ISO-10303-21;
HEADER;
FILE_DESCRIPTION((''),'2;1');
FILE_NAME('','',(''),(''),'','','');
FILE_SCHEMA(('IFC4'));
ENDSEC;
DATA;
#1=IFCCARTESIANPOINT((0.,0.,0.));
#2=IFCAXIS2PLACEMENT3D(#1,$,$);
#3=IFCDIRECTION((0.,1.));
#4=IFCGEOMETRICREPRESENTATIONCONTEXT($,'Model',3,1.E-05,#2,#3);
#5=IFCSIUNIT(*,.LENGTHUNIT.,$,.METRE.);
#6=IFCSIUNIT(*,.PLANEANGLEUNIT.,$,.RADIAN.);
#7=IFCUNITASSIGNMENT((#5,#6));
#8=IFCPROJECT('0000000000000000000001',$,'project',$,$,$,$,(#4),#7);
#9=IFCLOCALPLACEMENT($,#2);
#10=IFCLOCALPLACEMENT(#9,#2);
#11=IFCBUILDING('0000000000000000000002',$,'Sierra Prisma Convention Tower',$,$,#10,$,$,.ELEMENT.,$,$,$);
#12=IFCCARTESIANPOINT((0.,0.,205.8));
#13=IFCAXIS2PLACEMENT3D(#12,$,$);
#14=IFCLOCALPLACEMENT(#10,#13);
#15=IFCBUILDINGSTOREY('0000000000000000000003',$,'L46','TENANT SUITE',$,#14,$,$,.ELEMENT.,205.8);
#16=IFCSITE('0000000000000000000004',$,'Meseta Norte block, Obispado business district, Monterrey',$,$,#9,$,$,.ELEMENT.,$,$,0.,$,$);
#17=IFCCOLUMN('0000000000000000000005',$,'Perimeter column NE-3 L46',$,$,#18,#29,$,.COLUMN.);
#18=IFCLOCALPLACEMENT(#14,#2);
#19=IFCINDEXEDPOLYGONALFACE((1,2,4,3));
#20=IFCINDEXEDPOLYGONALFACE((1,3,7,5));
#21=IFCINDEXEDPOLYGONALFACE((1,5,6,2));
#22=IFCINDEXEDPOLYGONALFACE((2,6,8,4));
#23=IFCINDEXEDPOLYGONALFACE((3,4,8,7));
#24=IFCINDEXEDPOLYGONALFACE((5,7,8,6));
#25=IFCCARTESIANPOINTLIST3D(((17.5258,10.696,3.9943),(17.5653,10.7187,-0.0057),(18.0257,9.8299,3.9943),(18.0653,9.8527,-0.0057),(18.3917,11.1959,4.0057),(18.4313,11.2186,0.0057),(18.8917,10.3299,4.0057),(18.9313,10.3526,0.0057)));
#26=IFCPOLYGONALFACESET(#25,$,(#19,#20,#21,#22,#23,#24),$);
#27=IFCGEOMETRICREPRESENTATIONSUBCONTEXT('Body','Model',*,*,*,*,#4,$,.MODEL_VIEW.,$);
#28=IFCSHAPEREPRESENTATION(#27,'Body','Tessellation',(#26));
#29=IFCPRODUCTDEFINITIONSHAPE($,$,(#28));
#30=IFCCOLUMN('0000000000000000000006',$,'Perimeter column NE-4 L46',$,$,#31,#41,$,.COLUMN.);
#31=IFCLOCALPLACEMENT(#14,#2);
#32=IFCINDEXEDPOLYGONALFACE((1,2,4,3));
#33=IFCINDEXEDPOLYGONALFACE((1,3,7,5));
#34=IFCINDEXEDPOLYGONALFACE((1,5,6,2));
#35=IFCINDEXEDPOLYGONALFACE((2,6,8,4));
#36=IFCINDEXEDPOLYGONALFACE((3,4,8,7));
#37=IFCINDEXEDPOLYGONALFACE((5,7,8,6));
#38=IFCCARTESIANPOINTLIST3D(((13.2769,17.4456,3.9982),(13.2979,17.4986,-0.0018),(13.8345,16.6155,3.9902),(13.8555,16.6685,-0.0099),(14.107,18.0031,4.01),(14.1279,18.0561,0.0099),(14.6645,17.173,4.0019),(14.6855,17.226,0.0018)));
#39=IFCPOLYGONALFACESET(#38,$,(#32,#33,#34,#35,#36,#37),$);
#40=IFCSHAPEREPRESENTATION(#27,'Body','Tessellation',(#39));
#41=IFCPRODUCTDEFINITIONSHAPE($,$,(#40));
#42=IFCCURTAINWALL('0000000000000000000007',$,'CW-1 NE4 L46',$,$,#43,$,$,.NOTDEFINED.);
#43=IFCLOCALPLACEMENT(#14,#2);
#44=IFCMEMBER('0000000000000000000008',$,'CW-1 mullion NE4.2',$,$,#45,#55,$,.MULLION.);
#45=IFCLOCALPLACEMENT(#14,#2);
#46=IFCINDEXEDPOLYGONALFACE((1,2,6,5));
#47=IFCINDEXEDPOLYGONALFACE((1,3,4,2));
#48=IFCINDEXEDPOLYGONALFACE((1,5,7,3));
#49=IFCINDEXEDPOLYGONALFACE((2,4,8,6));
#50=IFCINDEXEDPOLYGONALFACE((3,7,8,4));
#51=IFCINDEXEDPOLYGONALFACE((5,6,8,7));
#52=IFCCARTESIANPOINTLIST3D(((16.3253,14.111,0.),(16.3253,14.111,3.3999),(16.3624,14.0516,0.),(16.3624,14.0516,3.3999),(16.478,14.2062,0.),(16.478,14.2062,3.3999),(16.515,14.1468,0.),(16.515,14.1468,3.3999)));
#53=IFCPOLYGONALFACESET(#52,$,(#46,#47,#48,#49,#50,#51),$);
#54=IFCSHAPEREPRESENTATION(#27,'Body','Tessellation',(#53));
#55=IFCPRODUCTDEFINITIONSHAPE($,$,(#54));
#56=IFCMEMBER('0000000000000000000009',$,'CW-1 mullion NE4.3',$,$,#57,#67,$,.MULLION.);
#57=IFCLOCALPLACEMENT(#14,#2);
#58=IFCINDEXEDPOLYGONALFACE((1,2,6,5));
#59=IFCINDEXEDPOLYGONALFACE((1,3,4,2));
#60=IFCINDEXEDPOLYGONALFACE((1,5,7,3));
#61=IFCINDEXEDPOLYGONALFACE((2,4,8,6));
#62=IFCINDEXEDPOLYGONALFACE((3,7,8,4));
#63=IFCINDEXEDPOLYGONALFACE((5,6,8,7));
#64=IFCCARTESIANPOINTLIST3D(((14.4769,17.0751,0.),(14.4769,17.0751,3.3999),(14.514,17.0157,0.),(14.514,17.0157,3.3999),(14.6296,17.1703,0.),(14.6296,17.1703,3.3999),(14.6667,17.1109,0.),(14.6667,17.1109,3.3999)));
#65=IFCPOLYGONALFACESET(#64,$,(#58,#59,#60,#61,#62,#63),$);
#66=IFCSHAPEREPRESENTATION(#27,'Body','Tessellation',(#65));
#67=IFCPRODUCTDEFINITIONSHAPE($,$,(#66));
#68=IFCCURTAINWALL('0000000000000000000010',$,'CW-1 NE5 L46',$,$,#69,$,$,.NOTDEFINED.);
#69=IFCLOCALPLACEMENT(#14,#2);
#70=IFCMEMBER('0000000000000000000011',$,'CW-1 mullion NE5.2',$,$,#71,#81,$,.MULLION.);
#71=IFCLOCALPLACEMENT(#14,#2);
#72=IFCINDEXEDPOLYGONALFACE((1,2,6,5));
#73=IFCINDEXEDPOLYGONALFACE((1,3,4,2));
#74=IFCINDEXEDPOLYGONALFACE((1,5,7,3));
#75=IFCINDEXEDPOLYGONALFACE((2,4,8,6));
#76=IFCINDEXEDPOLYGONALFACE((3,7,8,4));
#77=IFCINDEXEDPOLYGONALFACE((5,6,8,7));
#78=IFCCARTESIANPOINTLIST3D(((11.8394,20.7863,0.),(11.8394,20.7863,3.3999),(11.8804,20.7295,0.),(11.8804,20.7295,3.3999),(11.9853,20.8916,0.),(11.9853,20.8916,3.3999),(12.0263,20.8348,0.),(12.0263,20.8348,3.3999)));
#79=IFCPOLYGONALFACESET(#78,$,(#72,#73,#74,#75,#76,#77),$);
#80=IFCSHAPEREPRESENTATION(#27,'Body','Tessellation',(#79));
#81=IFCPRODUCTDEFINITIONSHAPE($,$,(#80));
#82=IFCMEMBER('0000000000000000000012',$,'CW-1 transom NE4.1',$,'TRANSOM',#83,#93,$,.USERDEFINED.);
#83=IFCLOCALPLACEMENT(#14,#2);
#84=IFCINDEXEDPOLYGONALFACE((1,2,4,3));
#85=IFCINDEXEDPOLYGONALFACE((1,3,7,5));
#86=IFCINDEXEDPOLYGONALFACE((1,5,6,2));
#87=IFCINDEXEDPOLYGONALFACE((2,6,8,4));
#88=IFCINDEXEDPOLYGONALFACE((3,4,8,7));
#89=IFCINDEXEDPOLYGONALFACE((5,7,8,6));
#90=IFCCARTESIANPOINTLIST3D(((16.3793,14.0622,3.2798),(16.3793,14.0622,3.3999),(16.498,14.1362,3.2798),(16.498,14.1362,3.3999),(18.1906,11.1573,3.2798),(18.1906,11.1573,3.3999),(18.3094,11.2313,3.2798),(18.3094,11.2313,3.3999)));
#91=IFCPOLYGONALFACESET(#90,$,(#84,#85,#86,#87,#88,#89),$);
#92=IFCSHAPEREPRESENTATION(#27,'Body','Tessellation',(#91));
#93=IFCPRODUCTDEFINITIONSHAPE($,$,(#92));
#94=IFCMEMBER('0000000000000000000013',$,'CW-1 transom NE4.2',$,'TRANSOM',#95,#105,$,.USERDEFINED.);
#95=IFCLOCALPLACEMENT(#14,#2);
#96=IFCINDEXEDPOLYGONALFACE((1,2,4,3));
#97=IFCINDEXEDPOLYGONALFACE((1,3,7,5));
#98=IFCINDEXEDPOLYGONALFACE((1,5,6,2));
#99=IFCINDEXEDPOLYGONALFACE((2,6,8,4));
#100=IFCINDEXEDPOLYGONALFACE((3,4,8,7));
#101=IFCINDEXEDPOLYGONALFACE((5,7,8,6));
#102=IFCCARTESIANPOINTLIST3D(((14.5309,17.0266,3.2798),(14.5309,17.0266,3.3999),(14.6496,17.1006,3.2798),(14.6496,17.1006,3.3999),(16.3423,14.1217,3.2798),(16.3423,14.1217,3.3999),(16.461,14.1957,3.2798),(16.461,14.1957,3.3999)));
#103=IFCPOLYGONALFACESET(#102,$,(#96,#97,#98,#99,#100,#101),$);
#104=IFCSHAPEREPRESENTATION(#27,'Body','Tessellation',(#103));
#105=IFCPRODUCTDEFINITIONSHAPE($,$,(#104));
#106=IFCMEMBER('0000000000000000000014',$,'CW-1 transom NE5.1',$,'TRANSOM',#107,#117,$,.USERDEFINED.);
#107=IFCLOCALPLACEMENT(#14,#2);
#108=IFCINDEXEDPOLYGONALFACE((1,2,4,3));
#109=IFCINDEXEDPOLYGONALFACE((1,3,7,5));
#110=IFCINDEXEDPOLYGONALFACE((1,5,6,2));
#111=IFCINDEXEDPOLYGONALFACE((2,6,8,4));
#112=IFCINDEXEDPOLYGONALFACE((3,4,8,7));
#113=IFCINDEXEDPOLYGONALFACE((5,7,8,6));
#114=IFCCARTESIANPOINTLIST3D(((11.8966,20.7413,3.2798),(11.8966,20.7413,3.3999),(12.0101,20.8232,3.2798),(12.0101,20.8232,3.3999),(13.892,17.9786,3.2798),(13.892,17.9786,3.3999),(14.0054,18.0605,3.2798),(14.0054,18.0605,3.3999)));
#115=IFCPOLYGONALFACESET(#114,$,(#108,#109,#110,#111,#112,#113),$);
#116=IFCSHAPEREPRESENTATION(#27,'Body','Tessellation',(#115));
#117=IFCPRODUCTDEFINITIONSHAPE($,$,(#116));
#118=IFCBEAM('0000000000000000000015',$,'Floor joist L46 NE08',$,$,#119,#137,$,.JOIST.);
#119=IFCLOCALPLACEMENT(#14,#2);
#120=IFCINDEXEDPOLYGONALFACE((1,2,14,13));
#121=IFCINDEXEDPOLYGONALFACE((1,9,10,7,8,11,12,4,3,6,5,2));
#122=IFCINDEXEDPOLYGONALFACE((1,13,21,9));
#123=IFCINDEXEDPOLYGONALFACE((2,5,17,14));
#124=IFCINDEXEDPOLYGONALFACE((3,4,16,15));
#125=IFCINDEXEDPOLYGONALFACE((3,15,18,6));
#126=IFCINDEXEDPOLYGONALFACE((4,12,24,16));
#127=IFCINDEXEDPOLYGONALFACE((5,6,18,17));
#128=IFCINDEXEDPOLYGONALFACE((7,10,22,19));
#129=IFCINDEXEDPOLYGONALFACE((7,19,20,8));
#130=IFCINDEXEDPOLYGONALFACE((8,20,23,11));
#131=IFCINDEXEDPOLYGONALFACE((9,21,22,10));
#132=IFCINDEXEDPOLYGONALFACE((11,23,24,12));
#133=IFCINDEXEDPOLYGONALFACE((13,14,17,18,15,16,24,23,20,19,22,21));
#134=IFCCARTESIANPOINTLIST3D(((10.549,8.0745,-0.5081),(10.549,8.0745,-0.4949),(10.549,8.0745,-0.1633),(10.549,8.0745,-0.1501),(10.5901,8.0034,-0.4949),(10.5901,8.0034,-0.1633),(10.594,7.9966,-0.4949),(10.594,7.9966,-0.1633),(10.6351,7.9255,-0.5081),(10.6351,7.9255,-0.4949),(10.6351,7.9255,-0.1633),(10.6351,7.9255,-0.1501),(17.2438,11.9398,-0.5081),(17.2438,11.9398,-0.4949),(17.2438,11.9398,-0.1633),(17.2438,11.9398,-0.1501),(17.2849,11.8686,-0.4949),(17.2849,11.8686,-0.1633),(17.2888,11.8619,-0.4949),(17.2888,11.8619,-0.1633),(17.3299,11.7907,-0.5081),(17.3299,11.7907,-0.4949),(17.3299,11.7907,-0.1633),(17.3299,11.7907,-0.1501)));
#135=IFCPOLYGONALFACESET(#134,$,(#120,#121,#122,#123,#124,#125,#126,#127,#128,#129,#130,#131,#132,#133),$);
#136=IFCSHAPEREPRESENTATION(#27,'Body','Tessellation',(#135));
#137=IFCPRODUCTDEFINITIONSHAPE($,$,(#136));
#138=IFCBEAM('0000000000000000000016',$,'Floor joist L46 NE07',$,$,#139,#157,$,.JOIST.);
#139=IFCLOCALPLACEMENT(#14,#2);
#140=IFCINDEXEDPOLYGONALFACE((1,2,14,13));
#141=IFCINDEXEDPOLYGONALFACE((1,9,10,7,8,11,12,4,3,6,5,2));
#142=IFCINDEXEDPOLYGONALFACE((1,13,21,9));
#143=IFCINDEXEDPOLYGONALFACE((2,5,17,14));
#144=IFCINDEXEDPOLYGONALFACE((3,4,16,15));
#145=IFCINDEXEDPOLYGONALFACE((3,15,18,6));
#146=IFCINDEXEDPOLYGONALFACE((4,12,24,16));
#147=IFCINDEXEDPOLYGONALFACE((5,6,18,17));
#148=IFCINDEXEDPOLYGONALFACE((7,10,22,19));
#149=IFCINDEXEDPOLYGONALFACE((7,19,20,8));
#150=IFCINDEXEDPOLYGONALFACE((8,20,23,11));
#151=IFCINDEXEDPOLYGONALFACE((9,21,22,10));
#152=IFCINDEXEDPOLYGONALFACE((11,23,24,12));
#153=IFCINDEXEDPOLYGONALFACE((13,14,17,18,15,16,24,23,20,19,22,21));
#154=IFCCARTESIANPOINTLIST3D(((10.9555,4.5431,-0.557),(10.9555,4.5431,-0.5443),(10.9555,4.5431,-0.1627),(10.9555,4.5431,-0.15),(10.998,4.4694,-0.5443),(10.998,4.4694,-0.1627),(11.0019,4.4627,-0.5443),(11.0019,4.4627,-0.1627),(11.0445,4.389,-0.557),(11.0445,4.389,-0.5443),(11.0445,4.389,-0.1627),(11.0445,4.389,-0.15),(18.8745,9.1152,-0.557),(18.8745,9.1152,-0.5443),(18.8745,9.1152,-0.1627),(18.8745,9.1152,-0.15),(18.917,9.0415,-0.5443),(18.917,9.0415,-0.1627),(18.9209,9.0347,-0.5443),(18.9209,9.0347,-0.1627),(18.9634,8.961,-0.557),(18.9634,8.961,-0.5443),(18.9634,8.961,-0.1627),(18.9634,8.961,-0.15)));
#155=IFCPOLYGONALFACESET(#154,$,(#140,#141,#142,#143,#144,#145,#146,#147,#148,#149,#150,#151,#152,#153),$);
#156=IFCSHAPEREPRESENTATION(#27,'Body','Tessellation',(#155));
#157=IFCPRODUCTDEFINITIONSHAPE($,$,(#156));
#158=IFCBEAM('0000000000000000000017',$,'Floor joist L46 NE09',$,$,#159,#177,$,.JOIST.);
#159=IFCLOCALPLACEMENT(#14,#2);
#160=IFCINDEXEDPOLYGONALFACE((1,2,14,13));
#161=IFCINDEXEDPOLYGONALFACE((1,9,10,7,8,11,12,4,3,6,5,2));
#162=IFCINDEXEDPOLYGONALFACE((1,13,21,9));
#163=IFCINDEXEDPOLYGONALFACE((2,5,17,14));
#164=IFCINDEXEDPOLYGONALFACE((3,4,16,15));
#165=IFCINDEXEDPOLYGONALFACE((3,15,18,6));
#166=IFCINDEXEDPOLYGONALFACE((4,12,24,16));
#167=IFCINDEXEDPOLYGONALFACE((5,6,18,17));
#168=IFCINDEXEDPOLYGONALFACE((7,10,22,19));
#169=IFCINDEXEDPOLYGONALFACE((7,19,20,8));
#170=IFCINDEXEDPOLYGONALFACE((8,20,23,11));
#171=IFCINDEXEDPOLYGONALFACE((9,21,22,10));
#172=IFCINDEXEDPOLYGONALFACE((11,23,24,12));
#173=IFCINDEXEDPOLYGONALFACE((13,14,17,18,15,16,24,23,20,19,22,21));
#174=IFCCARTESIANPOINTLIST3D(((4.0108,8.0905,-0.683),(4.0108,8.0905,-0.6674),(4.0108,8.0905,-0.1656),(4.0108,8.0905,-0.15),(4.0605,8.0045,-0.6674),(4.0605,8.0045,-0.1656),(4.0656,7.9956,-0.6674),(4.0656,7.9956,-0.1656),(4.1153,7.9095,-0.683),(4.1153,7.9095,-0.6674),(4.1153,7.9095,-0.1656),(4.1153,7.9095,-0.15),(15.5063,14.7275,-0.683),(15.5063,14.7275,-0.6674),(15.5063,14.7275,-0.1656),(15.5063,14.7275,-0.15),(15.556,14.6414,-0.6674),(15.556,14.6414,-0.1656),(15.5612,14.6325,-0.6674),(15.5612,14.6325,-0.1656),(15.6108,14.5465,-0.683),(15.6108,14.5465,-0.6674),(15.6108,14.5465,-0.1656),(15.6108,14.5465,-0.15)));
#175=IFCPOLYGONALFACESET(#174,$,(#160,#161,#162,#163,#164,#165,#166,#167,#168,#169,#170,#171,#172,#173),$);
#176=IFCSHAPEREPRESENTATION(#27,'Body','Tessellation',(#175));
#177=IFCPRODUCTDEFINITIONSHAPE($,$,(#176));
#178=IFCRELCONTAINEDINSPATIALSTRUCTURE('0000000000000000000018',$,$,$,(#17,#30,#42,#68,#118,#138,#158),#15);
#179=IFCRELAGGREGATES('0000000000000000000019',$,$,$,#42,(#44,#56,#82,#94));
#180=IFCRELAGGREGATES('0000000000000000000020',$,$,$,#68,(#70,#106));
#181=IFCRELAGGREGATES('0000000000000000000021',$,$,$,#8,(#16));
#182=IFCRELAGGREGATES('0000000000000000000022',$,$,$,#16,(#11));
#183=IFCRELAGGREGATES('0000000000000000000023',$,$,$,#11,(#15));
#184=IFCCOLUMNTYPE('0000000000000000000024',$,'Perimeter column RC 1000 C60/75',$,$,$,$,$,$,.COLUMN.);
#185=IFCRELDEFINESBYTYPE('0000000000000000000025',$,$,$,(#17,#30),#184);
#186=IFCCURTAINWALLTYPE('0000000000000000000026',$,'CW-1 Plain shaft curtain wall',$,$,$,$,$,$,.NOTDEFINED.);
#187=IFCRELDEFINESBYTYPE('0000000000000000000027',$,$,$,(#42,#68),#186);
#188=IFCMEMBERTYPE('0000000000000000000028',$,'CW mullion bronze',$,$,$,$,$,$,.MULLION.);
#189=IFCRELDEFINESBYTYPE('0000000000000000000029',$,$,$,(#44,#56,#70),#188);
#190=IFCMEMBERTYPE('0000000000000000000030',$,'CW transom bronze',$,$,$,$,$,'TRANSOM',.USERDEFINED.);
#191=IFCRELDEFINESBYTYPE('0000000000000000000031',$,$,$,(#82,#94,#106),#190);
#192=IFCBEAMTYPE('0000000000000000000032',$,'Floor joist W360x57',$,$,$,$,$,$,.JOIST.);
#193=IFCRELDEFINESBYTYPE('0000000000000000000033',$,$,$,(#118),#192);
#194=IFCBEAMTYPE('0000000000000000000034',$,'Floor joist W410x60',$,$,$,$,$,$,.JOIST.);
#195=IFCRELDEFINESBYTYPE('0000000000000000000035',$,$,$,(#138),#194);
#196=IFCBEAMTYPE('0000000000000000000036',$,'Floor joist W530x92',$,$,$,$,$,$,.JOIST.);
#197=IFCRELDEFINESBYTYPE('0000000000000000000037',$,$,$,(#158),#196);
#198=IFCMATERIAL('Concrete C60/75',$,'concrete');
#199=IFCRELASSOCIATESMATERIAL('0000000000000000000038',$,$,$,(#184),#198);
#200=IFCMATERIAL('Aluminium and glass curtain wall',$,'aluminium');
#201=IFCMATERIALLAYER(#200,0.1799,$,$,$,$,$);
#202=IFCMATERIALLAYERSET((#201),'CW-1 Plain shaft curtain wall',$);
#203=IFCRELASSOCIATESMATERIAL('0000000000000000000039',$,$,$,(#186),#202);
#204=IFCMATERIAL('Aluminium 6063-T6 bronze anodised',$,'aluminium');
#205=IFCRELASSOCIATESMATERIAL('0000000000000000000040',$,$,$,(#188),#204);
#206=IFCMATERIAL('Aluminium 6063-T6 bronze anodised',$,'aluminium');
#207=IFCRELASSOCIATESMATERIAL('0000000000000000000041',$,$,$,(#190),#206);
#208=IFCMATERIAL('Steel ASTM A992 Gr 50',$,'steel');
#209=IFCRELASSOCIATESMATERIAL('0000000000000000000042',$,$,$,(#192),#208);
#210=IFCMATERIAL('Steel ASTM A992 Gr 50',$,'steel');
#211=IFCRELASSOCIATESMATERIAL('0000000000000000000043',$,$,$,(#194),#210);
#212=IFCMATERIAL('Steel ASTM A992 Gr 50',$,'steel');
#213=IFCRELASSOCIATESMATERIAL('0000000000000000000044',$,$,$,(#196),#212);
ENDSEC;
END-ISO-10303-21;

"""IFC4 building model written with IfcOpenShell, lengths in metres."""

from ifc_helpers import new_model, si_unit, direction, frame, origin, origin_2d, place, context, subcontext, project, spatial, rectangle, i_section, extrude, material, layer, layer_set, material_profile, profile_set, type_object, element, aggregate, save


model = new_model("IFC4")

# Units and contexts
model_context = context("Model", 3, precision=1e-05, world=origin(), true_north=direction((0.0, 1.0)))
body_context = subcontext(model_context, "Body", "Model", "MODEL_VIEW")
ifc_project = project(units=[si_unit("LENGTHUNIT", "METRE"), si_unit("PLANEANGLEUNIT", "RADIAN")], contexts=[model_context])

# Site, building, storey
site_placement = place(None, origin())
site = spatial("IfcSite", under=ifc_project, at=site_placement, Name="Meseta Norte block, Obispado business district, Monterrey", CompositionType="ELEMENT", RefElevation=0.0)
building_placement = place(site_placement, origin())
building = spatial("IfcBuilding", under=site, at=building_placement, Name="Sierra Prisma Convention Tower", CompositionType="ELEMENT")
storey_placement = place(building_placement, frame((0.0, 0.0, 205.8)))
storey = spatial("IfcBuildingStorey", under=building, at=storey_placement, Name="L46", Description="TENANT SUITE", CompositionType="ELEMENT", Elevation=205.8)

# Columns
ifc_material_1 = material(Name="Concrete C60/75", Category="concrete")
ifc_material_profile_1 = material_profile(ifc_material_1, rectangle(XDim=1.0, YDim=1.0, at=origin_2d()), Name="Perimeter column RC 1000 C60/75")
ifc_profile_set_1 = profile_set([ifc_material_profile_1], Name="Concrete C60/75")
column_type = type_object("IfcColumnType", Name="Perimeter column RC 1000 C60/75", PredefinedType="COLUMN", material=ifc_profile_set_1)
column_1_placement = place(storey_placement, frame((18.2483, 10.5356, 0.0), z_axis=(-0.009887, -0.005676, 0.999935), x_axis=(-0.499976, 0.86604, -0.000028)))
element("IfcColumn", 1, at=column_1_placement, inside=storey, type_object=column_type, Name="Perimeter column NE-3 L46", PredefinedType="COLUMN", context=body_context, shape_type="SweptSolid", body=[
    extrude(rectangle(XDim=1.0, YDim=1.0, at=origin_2d()), origin(), (0.0, 0.0, 1.0), 4.0002),
])
column_2_placement = place(storey_placement, frame((13.9917, 17.3623, 0.0), z_axis=(-0.005248, -0.013243, 0.999899), x_axis=(-0.557597, 0.830073, 0.008067)))
element("IfcColumn", 2, at=column_2_placement, inside=storey, type_object=column_type, Name="Perimeter column NE-4 L46", PredefinedType="COLUMN", context=body_context, shape_type="SweptSolid", body=[
    extrude(rectangle(XDim=1.0, YDim=1.0, at=origin_2d()), origin(), (0.0, 0.0, 1.0), 4.0005),
])

# Curtain wall, members
ifc_material_2 = material(Name="Aluminium and glass curtain wall", Category="aluminium")
ifc_layer_1 = layer(ifc_material_2, 0.1799)
ifc_layer_set_1 = layer_set([ifc_layer_1], Name="CW-1 Plain shaft curtain wall")
curtain_wall_type = type_object("IfcCurtainWallType", Name="CW-1 Plain shaft curtain wall", PredefinedType="NOTDEFINED", material=ifc_layer_set_1)
curtain_wall_1_placement = place(storey_placement, origin())
curtain_wall_1 = element("IfcCurtainWall", 3, at=curtain_wall_1_placement, inside=storey, type_object=curtain_wall_type, Name="CW-1 NE4 L46", PredefinedType="NOTDEFINED")
ifc_material_3 = material(Name="Aluminium 6063-T6 bronze anodised", Category="aluminium")
ifc_material_profile_2 = material_profile(ifc_material_3, rectangle(XDim=0.1799, YDim=0.0701, at=origin_2d()), Name="ALU MULLION 70x180")
ifc_profile_set_2 = profile_set([ifc_material_profile_2], Name="Aluminium 6063-T6 bronze anodised")
member_type_1 = type_object("IfcMemberType", Name="CW mullion bronze", PredefinedType="MULLION", material=ifc_profile_set_2)
member_1_placement = place(storey_placement, frame((16.4202, 14.1289, 0.0), z_axis=(0.0, 0.0, 1.0), x_axis=(-0.848555, -0.529107, 0.0)))
member_1 = element("IfcMember", 4, at=member_1_placement, type_object=member_type_1, Name="CW-1 mullion NE4.2", PredefinedType="MULLION", context=body_context, shape_type="SweptSolid", body=[
    extrude(rectangle(XDim=0.1799, YDim=0.0701, at=origin_2d()), origin(), (0.0, 0.0, 1.0), 3.3999),
])
member_2_placement = place(storey_placement, frame((14.5718, 17.093, 0.0), z_axis=(0.0, 0.0, 1.0), x_axis=(-0.848555, -0.529107, 0.0)))
member_2 = element("IfcMember", 5, at=member_2_placement, type_object=member_type_1, Name="CW-1 mullion NE4.3", PredefinedType="MULLION", context=body_context, shape_type="SweptSolid", body=[
    extrude(rectangle(XDim=0.1799, YDim=0.0701, at=origin_2d()), origin(), (0.0, 0.0, 1.0), 3.3999),
])

# Curtain wall, member
curtain_wall_2_placement = place(storey_placement, origin())
curtain_wall_2 = element("IfcCurtainWall", 6, at=curtain_wall_2_placement, inside=storey, type_object=curtain_wall_type, Name="CW-1 NE5 L46", PredefinedType="NOTDEFINED")
member_3_placement = place(storey_placement, frame((11.9329, 20.8105, 0.0), z_axis=(0.0, 0.0, 1.0), x_axis=(-0.810701, -0.58546, 0.0)))
member_3 = element("IfcMember", 7, at=member_3_placement, type_object=member_type_1, Name="CW-1 mullion NE5.2", PredefinedType="MULLION", context=body_context, shape_type="SweptSolid", body=[
    extrude(rectangle(XDim=0.1799, YDim=0.0701, at=origin_2d()), origin(), (0.0, 0.0, 1.0), 3.3999),
])

# Members
ifc_material_4 = material(Name="Aluminium 6063-T6 bronze anodised", Category="aluminium")
ifc_material_profile_3 = material_profile(ifc_material_4, rectangle(XDim=0.1399, YDim=0.1201, at=origin_2d()), Name="ALU TRANSOM 120x140")
ifc_profile_set_3 = profile_set([ifc_material_profile_3], Name="Aluminium 6063-T6 bronze anodised")
member_type_2 = type_object("IfcMemberType", Name="CW transom bronze", ElementType="TRANSOM", PredefinedType="USERDEFINED", material=ifc_profile_set_3)
member_4_placement = place(storey_placement, frame((18.25, 11.1943, 3.3398), z_axis=(-0.529114, 0.848551, 0.0), x_axis=(-0.848551, -0.529114, 0.0)))
member_4 = element("IfcMember", 8, at=member_4_placement, type_object=member_type_2, Name="CW-1 transom NE4.1", ObjectType="TRANSOM", PredefinedType="USERDEFINED", context=body_context, shape_type="SweptSolid", body=[
    extrude(rectangle(XDim=0.1399, YDim=0.1201, at=origin_2d()), origin(), (0.0, 0.0, 1.0), 3.4233),
])
member_5_placement = place(storey_placement, frame((16.4016, 14.1587, 3.3398), z_axis=(-0.529114, 0.848551, 0.0), x_axis=(-0.848551, -0.529114, 0.0)))
member_5 = element("IfcMember", 9, at=member_5_placement, type_object=member_type_2, Name="CW-1 transom NE4.2", ObjectType="TRANSOM", PredefinedType="USERDEFINED", context=body_context, shape_type="SweptSolid", body=[
    extrude(rectangle(XDim=0.1399, YDim=0.1201, at=origin_2d()), origin(), (0.0, 0.0, 1.0), 3.4233),
])
member_6_placement = place(storey_placement, frame((13.9487, 18.0195, 3.3398), z_axis=(-0.585506, 0.810668, 0.0), x_axis=(-0.810668, -0.585506, 0.0)))
member_6 = element("IfcMember", 10, at=member_6_placement, type_object=member_type_2, Name="CW-1 transom NE5.1", ObjectType="TRANSOM", PredefinedType="USERDEFINED", context=body_context, shape_type="SweptSolid", body=[
    extrude(rectangle(XDim=0.1399, YDim=0.1201, at=origin_2d()), origin(), (0.0, 0.0, 1.0), 3.408),
])

# Beams
ifc_material_5 = material(Name="Steel ASTM A992 Gr 50", Category="steel")
ifc_material_profile_4 = material_profile(ifc_material_5, i_section(OverallWidth=0.1721, OverallDepth=0.3579, WebThickness=0.0078, FlangeThickness=0.0132, at=origin_2d()), Name="W360x57")
ifc_profile_set_4 = profile_set([ifc_material_profile_4], Name="Steel ASTM A992 Gr 50")
beam_type_1 = type_object("IfcBeamType", Name="Floor joist W360x57", PredefinedType="JOIST", material=ifc_profile_set_4)
beam_1_placement = place(storey_placement, frame((17.2869, 11.8652, -0.3291), z_axis=(-0.866027, -0.499998, 0.0), x_axis=(0.499998, -0.866027, 0.0)))
element("IfcBeam", 11, at=beam_1_placement, inside=storey, type_object=beam_type_1, Name="Floor joist L46 NE08", PredefinedType="JOIST", context=body_context, shape_type="SweptSolid", body=[
    extrude(i_section(OverallWidth=0.1721, OverallDepth=0.3579, WebThickness=0.0078, FlangeThickness=0.0132, at=origin_2d()), origin(), (0.0, 0.0, 1.0), 7.7305),
])
ifc_material_6 = material(Name="Steel ASTM A992 Gr 50", Category="steel")
ifc_material_profile_5 = material_profile(ifc_material_6, i_section(OverallWidth=0.178, OverallDepth=0.407, WebThickness=0.0078, FlangeThickness=0.0127, at=origin_2d()), Name="W410x60")
ifc_profile_set_5 = profile_set([ifc_material_profile_5], Name="Steel ASTM A992 Gr 50")
beam_type_2 = type_object("IfcBeamType", Name="Floor joist W410x60", PredefinedType="JOIST", material=ifc_profile_set_5)
beam_2_placement = place(storey_placement, frame((18.9189, 9.0381, -0.3535), z_axis=(-0.866025, -0.500001, 0.0), x_axis=(0.500001, -0.866025, 0.0)))
element("IfcBeam", 12, at=beam_2_placement, inside=storey, type_object=beam_type_2, Name="Floor joist L46 NE07", PredefinedType="JOIST", context=body_context, shape_type="SweptSolid", body=[
    extrude(i_section(OverallWidth=0.178, OverallDepth=0.407, WebThickness=0.0078, FlangeThickness=0.0127, at=origin_2d()), origin(), (0.0, 0.0, 1.0), 9.144),
])
ifc_material_7 = material(Name="Steel ASTM A992 Gr 50", Category="steel")
ifc_material_profile_6 = material_profile(ifc_material_7, i_section(OverallWidth=0.209, OverallDepth=0.533, WebThickness=0.0103, FlangeThickness=0.0156, at=origin_2d()), Name="W530x92")
ifc_profile_set_6 = profile_set([ifc_material_profile_6], Name="Steel ASTM A992 Gr 50")
beam_type_3 = type_object("IfcBeamType", Name="Floor joist W530x92", PredefinedType="JOIST", material=ifc_profile_set_6)
beam_3_placement = place(storey_placement, frame((15.5586, 14.637, -0.4165), z_axis=(-0.866026, -0.499998, 0.0), x_axis=(0.499998, -0.866026, 0.0)))
element("IfcBeam", 13, at=beam_3_placement, inside=storey, type_object=beam_type_3, Name="Floor joist L46 NE09", PredefinedType="JOIST", context=body_context, shape_type="SweptSolid", body=[
    extrude(i_section(OverallWidth=0.209, OverallDepth=0.533, WebThickness=0.0103, FlangeThickness=0.0156, at=origin_2d()), origin(), (0.0, 0.0, 1.0), 13.2739),
])

aggregate(curtain_wall_1, [member_1, member_2, member_4, member_5])
aggregate(curtain_wall_2, [member_3, member_6])

save(model, "model.ifc")
